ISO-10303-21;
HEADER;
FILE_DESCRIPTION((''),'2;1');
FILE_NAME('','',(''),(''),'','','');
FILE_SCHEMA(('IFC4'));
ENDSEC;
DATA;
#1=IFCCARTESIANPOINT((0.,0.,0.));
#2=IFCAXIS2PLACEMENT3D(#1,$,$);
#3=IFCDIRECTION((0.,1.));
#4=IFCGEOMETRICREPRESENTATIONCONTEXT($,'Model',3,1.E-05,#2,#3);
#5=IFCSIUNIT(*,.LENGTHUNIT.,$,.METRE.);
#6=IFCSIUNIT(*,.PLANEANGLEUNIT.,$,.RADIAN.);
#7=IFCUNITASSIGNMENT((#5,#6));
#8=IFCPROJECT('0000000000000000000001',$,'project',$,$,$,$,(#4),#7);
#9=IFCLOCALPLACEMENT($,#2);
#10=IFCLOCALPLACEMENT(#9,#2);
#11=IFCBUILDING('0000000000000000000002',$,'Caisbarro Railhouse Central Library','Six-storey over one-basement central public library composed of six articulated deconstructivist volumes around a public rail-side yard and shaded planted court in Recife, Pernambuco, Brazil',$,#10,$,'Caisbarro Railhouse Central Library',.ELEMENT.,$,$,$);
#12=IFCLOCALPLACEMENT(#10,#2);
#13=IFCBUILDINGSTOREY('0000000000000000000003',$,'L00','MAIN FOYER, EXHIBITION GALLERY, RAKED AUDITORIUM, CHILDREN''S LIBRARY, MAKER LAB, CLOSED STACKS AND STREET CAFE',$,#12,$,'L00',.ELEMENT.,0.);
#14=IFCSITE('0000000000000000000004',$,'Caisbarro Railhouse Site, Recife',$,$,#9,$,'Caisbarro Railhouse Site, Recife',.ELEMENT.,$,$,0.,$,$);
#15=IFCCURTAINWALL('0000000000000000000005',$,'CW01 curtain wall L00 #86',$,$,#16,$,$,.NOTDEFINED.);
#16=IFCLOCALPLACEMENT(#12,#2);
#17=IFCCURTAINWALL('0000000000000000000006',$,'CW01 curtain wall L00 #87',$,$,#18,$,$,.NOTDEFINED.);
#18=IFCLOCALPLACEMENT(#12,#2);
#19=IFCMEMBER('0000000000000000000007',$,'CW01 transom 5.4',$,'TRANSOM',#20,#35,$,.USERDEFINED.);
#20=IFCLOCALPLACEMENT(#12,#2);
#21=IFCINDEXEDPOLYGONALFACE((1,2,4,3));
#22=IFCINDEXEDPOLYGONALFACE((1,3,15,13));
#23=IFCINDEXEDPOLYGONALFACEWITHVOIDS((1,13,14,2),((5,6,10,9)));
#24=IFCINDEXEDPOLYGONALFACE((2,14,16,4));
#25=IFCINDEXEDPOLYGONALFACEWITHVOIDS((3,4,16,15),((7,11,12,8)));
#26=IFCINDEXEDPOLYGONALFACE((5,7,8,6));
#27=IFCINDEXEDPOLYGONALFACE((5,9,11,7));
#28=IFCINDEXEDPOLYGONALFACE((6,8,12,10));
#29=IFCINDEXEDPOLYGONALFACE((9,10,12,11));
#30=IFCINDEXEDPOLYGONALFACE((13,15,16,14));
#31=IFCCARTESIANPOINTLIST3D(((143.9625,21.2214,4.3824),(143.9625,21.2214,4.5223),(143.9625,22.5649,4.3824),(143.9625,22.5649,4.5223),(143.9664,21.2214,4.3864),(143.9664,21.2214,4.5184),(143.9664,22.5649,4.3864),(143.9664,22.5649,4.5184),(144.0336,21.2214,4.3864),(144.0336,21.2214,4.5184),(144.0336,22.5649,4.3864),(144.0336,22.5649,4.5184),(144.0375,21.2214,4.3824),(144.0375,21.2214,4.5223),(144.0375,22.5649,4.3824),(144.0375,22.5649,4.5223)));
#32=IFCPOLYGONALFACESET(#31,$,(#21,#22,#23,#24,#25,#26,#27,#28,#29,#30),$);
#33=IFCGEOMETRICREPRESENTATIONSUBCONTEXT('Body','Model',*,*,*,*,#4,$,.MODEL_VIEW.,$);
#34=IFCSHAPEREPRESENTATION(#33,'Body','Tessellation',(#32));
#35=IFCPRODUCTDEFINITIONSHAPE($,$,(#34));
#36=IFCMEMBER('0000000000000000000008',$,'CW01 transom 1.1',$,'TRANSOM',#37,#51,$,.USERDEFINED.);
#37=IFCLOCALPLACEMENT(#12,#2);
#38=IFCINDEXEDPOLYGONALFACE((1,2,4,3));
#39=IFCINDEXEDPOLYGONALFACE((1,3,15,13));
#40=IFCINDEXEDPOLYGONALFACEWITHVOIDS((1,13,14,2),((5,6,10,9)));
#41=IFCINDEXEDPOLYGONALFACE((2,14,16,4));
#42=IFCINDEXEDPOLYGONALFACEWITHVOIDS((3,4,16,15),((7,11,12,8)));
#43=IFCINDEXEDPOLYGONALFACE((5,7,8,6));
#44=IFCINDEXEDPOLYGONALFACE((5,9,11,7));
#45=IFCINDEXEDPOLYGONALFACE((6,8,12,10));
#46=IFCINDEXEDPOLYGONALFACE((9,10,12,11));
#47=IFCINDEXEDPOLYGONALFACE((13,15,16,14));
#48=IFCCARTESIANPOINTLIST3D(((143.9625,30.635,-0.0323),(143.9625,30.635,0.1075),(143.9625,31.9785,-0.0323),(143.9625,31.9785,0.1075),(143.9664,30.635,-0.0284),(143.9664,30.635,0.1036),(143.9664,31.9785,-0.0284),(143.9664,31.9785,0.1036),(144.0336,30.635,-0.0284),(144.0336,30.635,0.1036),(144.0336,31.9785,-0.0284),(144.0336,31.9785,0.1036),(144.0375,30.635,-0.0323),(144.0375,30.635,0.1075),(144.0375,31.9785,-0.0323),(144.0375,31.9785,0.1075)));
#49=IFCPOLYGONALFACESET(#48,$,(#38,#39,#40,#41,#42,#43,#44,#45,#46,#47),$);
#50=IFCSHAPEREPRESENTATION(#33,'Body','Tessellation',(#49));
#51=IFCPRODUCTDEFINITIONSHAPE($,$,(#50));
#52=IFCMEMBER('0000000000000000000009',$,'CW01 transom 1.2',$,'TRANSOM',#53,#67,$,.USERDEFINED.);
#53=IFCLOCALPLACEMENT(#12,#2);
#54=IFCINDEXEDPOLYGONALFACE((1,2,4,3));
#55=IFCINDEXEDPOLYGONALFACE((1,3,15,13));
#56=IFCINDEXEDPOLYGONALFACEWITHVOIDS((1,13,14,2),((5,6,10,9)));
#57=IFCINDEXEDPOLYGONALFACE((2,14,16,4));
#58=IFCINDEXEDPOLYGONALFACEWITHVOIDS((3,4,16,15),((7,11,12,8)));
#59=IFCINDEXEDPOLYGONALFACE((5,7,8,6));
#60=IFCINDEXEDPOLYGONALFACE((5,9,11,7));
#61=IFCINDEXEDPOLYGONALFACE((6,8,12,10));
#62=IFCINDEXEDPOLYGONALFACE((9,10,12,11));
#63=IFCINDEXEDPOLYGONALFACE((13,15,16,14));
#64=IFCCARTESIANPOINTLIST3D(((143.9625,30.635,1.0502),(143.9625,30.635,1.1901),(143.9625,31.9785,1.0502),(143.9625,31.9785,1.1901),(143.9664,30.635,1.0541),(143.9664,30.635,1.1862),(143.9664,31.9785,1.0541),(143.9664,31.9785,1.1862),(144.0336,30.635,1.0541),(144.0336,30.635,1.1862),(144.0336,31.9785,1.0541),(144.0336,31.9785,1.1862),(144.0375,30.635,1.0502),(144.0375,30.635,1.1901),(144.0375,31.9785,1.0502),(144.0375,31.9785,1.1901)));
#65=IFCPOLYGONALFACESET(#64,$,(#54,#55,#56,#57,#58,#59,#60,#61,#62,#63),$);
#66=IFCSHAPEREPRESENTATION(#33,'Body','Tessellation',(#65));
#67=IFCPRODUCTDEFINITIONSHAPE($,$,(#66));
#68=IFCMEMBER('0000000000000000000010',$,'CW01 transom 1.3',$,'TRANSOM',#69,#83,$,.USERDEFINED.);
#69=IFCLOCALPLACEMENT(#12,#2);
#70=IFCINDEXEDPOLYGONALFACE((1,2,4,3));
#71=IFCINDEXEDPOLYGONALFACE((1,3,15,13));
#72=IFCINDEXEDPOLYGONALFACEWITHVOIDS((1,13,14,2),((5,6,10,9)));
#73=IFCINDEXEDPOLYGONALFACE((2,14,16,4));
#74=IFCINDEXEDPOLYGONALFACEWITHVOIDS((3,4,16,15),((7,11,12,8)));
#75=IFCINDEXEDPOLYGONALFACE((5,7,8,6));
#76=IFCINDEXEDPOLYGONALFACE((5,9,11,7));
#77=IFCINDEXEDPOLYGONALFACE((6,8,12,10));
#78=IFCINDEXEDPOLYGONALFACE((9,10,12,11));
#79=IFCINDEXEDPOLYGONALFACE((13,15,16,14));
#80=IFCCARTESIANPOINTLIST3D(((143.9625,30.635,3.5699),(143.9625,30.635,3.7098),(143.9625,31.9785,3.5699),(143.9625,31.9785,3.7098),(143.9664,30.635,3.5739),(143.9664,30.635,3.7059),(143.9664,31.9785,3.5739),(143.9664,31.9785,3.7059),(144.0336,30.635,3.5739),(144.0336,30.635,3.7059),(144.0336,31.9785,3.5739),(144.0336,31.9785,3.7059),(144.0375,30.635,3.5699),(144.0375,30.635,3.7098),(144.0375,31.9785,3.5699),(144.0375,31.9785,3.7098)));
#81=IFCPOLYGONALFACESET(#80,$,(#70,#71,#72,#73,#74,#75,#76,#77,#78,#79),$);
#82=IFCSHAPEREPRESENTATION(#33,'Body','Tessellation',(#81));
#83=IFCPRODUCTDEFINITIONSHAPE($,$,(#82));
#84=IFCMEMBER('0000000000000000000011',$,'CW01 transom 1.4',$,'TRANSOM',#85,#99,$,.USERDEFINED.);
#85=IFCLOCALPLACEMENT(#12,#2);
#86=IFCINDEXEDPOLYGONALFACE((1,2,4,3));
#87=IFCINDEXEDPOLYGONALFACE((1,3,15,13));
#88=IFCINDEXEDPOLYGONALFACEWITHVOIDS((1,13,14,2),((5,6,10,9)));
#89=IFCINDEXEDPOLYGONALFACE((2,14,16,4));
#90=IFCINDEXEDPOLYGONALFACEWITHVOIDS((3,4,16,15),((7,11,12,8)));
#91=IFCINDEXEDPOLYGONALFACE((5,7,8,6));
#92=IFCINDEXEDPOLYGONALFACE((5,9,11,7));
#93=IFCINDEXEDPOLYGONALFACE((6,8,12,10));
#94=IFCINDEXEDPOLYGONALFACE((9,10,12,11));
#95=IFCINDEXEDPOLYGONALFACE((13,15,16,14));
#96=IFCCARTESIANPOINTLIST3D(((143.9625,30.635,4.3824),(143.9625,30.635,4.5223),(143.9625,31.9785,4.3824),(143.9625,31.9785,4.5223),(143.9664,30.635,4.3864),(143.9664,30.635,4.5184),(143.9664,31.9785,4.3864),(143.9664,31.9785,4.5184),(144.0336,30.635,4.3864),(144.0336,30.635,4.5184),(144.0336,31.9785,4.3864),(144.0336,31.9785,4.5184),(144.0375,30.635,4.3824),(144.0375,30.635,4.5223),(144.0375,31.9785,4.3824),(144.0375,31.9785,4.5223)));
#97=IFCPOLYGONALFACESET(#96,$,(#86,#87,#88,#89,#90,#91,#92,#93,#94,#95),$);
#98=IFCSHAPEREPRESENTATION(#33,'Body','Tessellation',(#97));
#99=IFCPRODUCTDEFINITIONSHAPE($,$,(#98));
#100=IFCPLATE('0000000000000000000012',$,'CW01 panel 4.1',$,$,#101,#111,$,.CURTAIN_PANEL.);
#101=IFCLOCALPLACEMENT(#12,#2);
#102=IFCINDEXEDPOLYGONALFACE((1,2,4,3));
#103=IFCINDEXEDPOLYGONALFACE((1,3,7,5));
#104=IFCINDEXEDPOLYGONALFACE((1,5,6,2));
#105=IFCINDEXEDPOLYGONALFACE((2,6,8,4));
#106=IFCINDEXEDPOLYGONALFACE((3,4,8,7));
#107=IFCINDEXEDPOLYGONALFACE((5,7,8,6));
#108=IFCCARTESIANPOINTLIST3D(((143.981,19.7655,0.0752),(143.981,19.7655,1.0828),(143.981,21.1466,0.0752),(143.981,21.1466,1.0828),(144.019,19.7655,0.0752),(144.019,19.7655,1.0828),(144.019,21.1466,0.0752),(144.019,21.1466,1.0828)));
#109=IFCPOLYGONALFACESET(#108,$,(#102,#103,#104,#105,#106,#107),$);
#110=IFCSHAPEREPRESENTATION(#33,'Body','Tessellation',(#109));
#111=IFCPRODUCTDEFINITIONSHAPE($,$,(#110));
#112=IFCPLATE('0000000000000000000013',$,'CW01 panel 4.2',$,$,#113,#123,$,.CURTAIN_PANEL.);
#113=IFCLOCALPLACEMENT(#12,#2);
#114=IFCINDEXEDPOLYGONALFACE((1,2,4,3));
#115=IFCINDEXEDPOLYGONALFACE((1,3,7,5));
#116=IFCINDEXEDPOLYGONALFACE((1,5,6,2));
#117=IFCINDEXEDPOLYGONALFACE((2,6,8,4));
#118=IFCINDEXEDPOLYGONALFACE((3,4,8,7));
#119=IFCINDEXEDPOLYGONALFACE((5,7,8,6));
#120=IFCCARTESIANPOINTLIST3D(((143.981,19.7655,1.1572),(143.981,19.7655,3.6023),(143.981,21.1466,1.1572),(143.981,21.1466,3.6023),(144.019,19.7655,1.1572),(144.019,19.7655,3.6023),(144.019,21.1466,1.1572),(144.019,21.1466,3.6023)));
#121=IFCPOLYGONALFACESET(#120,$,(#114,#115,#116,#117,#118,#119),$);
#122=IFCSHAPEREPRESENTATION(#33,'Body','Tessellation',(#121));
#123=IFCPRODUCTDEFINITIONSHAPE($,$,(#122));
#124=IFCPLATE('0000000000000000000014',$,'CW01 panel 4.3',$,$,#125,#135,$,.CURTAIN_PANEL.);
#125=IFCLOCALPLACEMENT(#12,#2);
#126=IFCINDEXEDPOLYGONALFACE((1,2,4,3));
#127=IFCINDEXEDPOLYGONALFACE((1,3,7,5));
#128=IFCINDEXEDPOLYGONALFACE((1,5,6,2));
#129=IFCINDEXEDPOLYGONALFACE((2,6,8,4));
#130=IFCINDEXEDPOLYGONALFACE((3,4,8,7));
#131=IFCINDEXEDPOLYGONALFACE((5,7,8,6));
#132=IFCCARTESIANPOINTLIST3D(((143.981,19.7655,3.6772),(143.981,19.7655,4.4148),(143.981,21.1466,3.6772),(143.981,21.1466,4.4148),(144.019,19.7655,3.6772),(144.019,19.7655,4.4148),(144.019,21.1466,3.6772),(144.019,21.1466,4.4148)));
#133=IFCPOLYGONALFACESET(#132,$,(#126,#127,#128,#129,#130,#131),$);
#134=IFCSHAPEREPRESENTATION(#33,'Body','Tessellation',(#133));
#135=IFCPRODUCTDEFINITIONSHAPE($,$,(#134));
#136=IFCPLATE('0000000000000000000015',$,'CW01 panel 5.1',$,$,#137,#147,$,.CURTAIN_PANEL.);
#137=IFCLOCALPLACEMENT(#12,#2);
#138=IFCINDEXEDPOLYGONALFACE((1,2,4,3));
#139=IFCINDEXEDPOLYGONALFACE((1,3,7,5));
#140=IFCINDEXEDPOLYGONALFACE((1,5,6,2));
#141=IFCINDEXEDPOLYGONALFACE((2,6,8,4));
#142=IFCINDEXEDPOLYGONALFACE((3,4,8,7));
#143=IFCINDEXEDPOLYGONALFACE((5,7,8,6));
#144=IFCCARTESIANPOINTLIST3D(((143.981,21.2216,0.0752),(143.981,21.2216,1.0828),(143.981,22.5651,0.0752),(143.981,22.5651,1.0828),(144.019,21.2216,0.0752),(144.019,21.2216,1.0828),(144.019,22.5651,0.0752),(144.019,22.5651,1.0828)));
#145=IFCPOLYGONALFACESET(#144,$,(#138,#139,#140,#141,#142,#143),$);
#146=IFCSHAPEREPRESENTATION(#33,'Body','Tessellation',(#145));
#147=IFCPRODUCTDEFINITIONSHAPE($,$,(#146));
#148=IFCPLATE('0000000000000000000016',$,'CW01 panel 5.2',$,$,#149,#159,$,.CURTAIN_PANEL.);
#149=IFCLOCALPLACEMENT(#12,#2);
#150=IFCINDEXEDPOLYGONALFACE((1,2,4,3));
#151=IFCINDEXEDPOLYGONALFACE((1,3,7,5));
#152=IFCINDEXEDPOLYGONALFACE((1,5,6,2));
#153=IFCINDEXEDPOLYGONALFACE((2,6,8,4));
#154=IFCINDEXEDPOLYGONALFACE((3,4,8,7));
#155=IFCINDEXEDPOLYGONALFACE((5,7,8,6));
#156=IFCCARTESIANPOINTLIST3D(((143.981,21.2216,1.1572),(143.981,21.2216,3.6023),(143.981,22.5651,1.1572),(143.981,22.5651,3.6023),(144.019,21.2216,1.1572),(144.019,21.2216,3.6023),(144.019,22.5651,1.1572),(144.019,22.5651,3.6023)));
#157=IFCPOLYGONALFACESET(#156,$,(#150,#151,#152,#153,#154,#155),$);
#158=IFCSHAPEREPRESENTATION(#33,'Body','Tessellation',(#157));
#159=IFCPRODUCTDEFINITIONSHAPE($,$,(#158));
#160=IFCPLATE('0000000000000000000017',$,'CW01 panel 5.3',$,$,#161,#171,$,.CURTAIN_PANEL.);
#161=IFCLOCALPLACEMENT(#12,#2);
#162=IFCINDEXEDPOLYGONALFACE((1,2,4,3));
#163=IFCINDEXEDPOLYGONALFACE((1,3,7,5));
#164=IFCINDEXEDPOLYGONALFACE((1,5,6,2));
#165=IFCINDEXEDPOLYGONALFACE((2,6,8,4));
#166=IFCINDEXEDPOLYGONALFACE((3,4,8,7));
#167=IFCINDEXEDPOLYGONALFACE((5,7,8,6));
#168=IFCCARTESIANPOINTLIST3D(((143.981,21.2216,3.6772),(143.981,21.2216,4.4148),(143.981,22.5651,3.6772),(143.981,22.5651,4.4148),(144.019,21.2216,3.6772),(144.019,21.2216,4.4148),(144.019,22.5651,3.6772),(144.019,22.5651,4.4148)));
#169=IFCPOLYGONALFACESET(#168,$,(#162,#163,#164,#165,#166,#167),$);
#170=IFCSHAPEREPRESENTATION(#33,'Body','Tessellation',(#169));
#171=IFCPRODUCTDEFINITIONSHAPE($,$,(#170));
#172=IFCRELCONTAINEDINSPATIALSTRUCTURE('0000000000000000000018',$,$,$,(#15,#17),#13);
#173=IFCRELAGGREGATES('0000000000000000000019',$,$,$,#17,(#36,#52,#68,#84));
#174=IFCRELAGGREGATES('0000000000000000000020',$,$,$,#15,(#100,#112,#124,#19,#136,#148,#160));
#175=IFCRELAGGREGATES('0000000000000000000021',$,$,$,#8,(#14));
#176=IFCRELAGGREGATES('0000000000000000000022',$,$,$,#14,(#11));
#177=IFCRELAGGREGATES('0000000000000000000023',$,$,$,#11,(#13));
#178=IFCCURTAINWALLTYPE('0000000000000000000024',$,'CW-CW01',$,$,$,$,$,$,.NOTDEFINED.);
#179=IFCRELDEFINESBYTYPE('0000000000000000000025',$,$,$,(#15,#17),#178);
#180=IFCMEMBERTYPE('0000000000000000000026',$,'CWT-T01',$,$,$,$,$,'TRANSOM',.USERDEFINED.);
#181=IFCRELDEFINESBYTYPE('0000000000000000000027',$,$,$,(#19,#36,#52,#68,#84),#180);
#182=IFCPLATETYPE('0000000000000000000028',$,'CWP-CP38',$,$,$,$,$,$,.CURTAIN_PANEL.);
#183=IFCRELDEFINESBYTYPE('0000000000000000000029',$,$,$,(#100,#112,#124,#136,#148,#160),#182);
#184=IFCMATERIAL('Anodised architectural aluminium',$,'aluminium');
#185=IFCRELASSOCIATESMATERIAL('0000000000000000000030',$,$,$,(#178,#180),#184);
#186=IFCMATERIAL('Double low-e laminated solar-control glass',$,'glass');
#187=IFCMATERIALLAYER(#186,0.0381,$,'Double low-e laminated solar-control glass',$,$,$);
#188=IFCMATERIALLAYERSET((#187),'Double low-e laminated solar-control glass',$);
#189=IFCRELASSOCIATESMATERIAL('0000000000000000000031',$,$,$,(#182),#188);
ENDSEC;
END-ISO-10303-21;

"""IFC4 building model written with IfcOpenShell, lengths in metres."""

from ifc_helpers import new_model, si_unit, direction, frame, origin, origin_2d, place, context, subcontext, project, spatial, rectangle, hollow_rectangle, extrude, material, layer, layer_set, material_profile, profile_set, type_object, element, aggregate, save


model = new_model("IFC4")

# Units and contexts
model_context = context("Model", 3, precision=1e-05, world=origin(), true_north=direction((0.0, 1.0)))
body_context = subcontext(model_context, "Body", "Model", "MODEL_VIEW")
ifc_project = project(units=[si_unit("LENGTHUNIT", "METRE"), si_unit("PLANEANGLEUNIT", "RADIAN")], contexts=[model_context])

# Site, building, storey
site_placement = place(None, origin())
site = spatial("IfcSite", under=ifc_project, at=site_placement, Name="Caisbarro Railhouse Site, Recife", LongName="Caisbarro Railhouse Site, Recife", CompositionType="ELEMENT", RefElevation=0.0)
building_placement = place(site_placement, origin())
building = spatial("IfcBuilding", under=site, at=building_placement, Name="Caisbarro Railhouse Central Library", Description="Six-storey over one-basement central public library composed of six articulated deconstructivist volumes around a public rail-side yard and shaded planted court in Recife, Pernambuco, Brazil", LongName="Caisbarro Railhouse Central Library", CompositionType="ELEMENT")
storey_placement = place(building_placement, origin())
storey = spatial("IfcBuildingStorey", under=building, at=storey_placement, Name="L00", Description="MAIN FOYER, EXHIBITION GALLERY, RAKED AUDITORIUM, CHILDREN'S LIBRARY, MAKER LAB, CLOSED STACKS AND STREET CAFE", LongName="L00", CompositionType="ELEMENT", Elevation=0.0)

# Curtain wall
ifc_material_1 = material(Name="Anodised architectural aluminium", Category="aluminium")
curtain_wall_type = type_object("IfcCurtainWallType", Name="CW-CW01", PredefinedType="NOTDEFINED", material=ifc_material_1)
curtain_wall_1_placement = place(storey_placement, origin())
curtain_wall_1 = element("IfcCurtainWall", 1, at=curtain_wall_1_placement, inside=storey, type_object=curtain_wall_type, Name="CW01 curtain wall L00 #86", PredefinedType="NOTDEFINED")

# Curtain wall
curtain_wall_2_placement = place(storey_placement, origin())
curtain_wall_2 = element("IfcCurtainWall", 2, at=curtain_wall_2_placement, inside=storey, type_object=curtain_wall_type, Name="CW01 curtain wall L00 #87", PredefinedType="NOTDEFINED")

# Members
ifc_material_profile_1 = material_profile(ifc_material_1, hollow_rectangle(XDim=0.075, YDim=0.1399, WallThickness=0.0039, at=origin_2d()), Name="ALU-TRN-75X140")
ifc_profile_set_1 = profile_set([ifc_material_profile_1], Name="Anodised architectural aluminium")
member_type_1 = type_object("IfcMemberType", Name="CWT-T01", ElementType="TRANSOM", PredefinedType="USERDEFINED", material=ifc_profile_set_1)
member_1_placement = place(storey_placement, frame((144.0, 21.2214, 4.4524), z_axis=(0.0, 1.0, 0.0), x_axis=(-1.0, 0.0, 0.0)))
member_1 = element("IfcMember", 3, at=member_1_placement, type_object=member_type_1, Name="CW01 transom 5.4", ObjectType="TRANSOM", PredefinedType="USERDEFINED", context=body_context, shape_type="SweptSolid", body=[
    extrude(hollow_rectangle(XDim=0.075, YDim=0.1399, WallThickness=0.0039, at=origin_2d()), origin(), (0.0, 0.0, 1.0), 1.3435),
])
member_2_placement = place(storey_placement, frame((144.0, 30.635, 0.0376), z_axis=(0.0, 1.0, 0.0), x_axis=(-1.0, 0.0, 0.0)))
member_2 = element("IfcMember", 4, at=member_2_placement, type_object=member_type_1, Name="CW01 transom 1.1", ObjectType="TRANSOM", PredefinedType="USERDEFINED", context=body_context, shape_type="SweptSolid", body=[
    extrude(hollow_rectangle(XDim=0.075, YDim=0.1399, WallThickness=0.0039, at=origin_2d()), origin(), (0.0, 0.0, 1.0), 1.3435),
])
member_3_placement = place(storey_placement, frame((144.0, 30.635, 1.1201), z_axis=(0.0, 1.0, 0.0), x_axis=(-1.0, 0.0, 0.0)))
member_3 = element("IfcMember", 5, at=member_3_placement, type_object=member_type_1, Name="CW01 transom 1.2", ObjectType="TRANSOM", PredefinedType="USERDEFINED", context=body_context, shape_type="SweptSolid", body=[
    extrude(hollow_rectangle(XDim=0.075, YDim=0.1399, WallThickness=0.0039, at=origin_2d()), origin(), (0.0, 0.0, 1.0), 1.3435),
])
member_4_placement = place(storey_placement, frame((144.0, 30.635, 3.6399), z_axis=(0.0, 1.0, 0.0), x_axis=(-1.0, 0.0, 0.0)))
member_4 = element("IfcMember", 6, at=member_4_placement, type_object=member_type_1, Name="CW01 transom 1.3", ObjectType="TRANSOM", PredefinedType="USERDEFINED", context=body_context, shape_type="SweptSolid", body=[
    extrude(hollow_rectangle(XDim=0.075, YDim=0.1399, WallThickness=0.0039, at=origin_2d()), origin(), (0.0, 0.0, 1.0), 1.3435),
])
member_5_placement = place(storey_placement, frame((144.0, 30.635, 4.4524), z_axis=(0.0, 1.0, 0.0), x_axis=(-1.0, 0.0, 0.0)))
member_5 = element("IfcMember", 7, at=member_5_placement, type_object=member_type_1, Name="CW01 transom 1.4", ObjectType="TRANSOM", PredefinedType="USERDEFINED", context=body_context, shape_type="SweptSolid", body=[
    extrude(hollow_rectangle(XDim=0.075, YDim=0.1399, WallThickness=0.0039, at=origin_2d()), origin(), (0.0, 0.0, 1.0), 1.3435),
])
aggregate(curtain_wall_2, [member_2, member_3, member_4, member_5])

# Plates
ifc_material_2 = material(Name="Double low-e laminated solar-control glass", Category="glass")
ifc_layer_1 = layer(ifc_material_2, 0.0381, Name="Double low-e laminated solar-control glass")
ifc_layer_set_1 = layer_set([ifc_layer_1], Name="Double low-e laminated solar-control glass")
plate_type = type_object("IfcPlateType", Name="CWP-CP38", PredefinedType="CURTAIN_PANEL", material=ifc_layer_set_1)
plate_1_placement = place(storey_placement, frame((144.0, 20.4561, 0.0752), z_axis=(0.0, 0.0, 1.0), x_axis=(0.0, 1.0, 0.0)))
plate_1 = element("IfcPlate", 8, at=plate_1_placement, type_object=plate_type, Name="CW01 panel 4.1", PredefinedType="CURTAIN_PANEL", context=body_context, shape_type="SweptSolid", body=[
    extrude(rectangle(XDim=1.3811, YDim=0.0381, at=origin_2d()), origin(), (0.0, 0.0, 1.0), 1.0076),
])
plate_2_placement = place(storey_placement, frame((144.0, 20.4561, 1.1572), z_axis=(0.0, 0.0, 1.0), x_axis=(0.0, 1.0, 0.0)))
plate_2 = element("IfcPlate", 9, at=plate_2_placement, type_object=plate_type, Name="CW01 panel 4.2", PredefinedType="CURTAIN_PANEL", context=body_context, shape_type="SweptSolid", body=[
    extrude(rectangle(XDim=1.3811, YDim=0.0381, at=origin_2d()), origin(), (0.0, 0.0, 1.0), 2.4451),
])
plate_3_placement = place(storey_placement, frame((144.0, 20.4561, 3.6772), z_axis=(0.0, 0.0, 1.0), x_axis=(0.0, 1.0, 0.0)))
plate_3 = element("IfcPlate", 10, at=plate_3_placement, type_object=plate_type, Name="CW01 panel 4.3", PredefinedType="CURTAIN_PANEL", context=body_context, shape_type="SweptSolid", body=[
    extrude(rectangle(XDim=1.3811, YDim=0.0381, at=origin_2d()), origin(), (0.0, 0.0, 1.0), 0.7375),
])
plate_4_placement = place(storey_placement, frame((144.0, 21.8933, 0.0752), z_axis=(0.0, 0.0, 1.0), x_axis=(0.0, 1.0, 0.0)))
plate_4 = element("IfcPlate", 11, at=plate_4_placement, type_object=plate_type, Name="CW01 panel 5.1", PredefinedType="CURTAIN_PANEL", context=body_context, shape_type="SweptSolid", body=[
    extrude(rectangle(XDim=1.3435, YDim=0.0381, at=origin_2d()), origin(), (0.0, 0.0, 1.0), 1.0076),
])
plate_5_placement = place(storey_placement, frame((144.0, 21.8933, 1.1572), z_axis=(0.0, 0.0, 1.0), x_axis=(0.0, 1.0, 0.0)))
plate_5 = element("IfcPlate", 12, at=plate_5_placement, type_object=plate_type, Name="CW01 panel 5.2", PredefinedType="CURTAIN_PANEL", context=body_context, shape_type="SweptSolid", body=[
    extrude(rectangle(XDim=1.3435, YDim=0.0381, at=origin_2d()), origin(), (0.0, 0.0, 1.0), 2.4451),
])
plate_6_placement = place(storey_placement, frame((144.0, 21.8933, 3.6772), z_axis=(0.0, 0.0, 1.0), x_axis=(0.0, 1.0, 0.0)))
plate_6 = element("IfcPlate", 13, at=plate_6_placement, type_object=plate_type, Name="CW01 panel 5.3", PredefinedType="CURTAIN_PANEL", context=body_context, shape_type="SweptSolid", body=[
    extrude(rectangle(XDim=1.3435, YDim=0.0381, at=origin_2d()), origin(), (0.0, 0.0, 1.0), 0.7375),
])
aggregate(curtain_wall_1, [plate_1, plate_2, plate_3, member_1, plate_4, plate_5, plate_6])

save(model, "model.ifc")
